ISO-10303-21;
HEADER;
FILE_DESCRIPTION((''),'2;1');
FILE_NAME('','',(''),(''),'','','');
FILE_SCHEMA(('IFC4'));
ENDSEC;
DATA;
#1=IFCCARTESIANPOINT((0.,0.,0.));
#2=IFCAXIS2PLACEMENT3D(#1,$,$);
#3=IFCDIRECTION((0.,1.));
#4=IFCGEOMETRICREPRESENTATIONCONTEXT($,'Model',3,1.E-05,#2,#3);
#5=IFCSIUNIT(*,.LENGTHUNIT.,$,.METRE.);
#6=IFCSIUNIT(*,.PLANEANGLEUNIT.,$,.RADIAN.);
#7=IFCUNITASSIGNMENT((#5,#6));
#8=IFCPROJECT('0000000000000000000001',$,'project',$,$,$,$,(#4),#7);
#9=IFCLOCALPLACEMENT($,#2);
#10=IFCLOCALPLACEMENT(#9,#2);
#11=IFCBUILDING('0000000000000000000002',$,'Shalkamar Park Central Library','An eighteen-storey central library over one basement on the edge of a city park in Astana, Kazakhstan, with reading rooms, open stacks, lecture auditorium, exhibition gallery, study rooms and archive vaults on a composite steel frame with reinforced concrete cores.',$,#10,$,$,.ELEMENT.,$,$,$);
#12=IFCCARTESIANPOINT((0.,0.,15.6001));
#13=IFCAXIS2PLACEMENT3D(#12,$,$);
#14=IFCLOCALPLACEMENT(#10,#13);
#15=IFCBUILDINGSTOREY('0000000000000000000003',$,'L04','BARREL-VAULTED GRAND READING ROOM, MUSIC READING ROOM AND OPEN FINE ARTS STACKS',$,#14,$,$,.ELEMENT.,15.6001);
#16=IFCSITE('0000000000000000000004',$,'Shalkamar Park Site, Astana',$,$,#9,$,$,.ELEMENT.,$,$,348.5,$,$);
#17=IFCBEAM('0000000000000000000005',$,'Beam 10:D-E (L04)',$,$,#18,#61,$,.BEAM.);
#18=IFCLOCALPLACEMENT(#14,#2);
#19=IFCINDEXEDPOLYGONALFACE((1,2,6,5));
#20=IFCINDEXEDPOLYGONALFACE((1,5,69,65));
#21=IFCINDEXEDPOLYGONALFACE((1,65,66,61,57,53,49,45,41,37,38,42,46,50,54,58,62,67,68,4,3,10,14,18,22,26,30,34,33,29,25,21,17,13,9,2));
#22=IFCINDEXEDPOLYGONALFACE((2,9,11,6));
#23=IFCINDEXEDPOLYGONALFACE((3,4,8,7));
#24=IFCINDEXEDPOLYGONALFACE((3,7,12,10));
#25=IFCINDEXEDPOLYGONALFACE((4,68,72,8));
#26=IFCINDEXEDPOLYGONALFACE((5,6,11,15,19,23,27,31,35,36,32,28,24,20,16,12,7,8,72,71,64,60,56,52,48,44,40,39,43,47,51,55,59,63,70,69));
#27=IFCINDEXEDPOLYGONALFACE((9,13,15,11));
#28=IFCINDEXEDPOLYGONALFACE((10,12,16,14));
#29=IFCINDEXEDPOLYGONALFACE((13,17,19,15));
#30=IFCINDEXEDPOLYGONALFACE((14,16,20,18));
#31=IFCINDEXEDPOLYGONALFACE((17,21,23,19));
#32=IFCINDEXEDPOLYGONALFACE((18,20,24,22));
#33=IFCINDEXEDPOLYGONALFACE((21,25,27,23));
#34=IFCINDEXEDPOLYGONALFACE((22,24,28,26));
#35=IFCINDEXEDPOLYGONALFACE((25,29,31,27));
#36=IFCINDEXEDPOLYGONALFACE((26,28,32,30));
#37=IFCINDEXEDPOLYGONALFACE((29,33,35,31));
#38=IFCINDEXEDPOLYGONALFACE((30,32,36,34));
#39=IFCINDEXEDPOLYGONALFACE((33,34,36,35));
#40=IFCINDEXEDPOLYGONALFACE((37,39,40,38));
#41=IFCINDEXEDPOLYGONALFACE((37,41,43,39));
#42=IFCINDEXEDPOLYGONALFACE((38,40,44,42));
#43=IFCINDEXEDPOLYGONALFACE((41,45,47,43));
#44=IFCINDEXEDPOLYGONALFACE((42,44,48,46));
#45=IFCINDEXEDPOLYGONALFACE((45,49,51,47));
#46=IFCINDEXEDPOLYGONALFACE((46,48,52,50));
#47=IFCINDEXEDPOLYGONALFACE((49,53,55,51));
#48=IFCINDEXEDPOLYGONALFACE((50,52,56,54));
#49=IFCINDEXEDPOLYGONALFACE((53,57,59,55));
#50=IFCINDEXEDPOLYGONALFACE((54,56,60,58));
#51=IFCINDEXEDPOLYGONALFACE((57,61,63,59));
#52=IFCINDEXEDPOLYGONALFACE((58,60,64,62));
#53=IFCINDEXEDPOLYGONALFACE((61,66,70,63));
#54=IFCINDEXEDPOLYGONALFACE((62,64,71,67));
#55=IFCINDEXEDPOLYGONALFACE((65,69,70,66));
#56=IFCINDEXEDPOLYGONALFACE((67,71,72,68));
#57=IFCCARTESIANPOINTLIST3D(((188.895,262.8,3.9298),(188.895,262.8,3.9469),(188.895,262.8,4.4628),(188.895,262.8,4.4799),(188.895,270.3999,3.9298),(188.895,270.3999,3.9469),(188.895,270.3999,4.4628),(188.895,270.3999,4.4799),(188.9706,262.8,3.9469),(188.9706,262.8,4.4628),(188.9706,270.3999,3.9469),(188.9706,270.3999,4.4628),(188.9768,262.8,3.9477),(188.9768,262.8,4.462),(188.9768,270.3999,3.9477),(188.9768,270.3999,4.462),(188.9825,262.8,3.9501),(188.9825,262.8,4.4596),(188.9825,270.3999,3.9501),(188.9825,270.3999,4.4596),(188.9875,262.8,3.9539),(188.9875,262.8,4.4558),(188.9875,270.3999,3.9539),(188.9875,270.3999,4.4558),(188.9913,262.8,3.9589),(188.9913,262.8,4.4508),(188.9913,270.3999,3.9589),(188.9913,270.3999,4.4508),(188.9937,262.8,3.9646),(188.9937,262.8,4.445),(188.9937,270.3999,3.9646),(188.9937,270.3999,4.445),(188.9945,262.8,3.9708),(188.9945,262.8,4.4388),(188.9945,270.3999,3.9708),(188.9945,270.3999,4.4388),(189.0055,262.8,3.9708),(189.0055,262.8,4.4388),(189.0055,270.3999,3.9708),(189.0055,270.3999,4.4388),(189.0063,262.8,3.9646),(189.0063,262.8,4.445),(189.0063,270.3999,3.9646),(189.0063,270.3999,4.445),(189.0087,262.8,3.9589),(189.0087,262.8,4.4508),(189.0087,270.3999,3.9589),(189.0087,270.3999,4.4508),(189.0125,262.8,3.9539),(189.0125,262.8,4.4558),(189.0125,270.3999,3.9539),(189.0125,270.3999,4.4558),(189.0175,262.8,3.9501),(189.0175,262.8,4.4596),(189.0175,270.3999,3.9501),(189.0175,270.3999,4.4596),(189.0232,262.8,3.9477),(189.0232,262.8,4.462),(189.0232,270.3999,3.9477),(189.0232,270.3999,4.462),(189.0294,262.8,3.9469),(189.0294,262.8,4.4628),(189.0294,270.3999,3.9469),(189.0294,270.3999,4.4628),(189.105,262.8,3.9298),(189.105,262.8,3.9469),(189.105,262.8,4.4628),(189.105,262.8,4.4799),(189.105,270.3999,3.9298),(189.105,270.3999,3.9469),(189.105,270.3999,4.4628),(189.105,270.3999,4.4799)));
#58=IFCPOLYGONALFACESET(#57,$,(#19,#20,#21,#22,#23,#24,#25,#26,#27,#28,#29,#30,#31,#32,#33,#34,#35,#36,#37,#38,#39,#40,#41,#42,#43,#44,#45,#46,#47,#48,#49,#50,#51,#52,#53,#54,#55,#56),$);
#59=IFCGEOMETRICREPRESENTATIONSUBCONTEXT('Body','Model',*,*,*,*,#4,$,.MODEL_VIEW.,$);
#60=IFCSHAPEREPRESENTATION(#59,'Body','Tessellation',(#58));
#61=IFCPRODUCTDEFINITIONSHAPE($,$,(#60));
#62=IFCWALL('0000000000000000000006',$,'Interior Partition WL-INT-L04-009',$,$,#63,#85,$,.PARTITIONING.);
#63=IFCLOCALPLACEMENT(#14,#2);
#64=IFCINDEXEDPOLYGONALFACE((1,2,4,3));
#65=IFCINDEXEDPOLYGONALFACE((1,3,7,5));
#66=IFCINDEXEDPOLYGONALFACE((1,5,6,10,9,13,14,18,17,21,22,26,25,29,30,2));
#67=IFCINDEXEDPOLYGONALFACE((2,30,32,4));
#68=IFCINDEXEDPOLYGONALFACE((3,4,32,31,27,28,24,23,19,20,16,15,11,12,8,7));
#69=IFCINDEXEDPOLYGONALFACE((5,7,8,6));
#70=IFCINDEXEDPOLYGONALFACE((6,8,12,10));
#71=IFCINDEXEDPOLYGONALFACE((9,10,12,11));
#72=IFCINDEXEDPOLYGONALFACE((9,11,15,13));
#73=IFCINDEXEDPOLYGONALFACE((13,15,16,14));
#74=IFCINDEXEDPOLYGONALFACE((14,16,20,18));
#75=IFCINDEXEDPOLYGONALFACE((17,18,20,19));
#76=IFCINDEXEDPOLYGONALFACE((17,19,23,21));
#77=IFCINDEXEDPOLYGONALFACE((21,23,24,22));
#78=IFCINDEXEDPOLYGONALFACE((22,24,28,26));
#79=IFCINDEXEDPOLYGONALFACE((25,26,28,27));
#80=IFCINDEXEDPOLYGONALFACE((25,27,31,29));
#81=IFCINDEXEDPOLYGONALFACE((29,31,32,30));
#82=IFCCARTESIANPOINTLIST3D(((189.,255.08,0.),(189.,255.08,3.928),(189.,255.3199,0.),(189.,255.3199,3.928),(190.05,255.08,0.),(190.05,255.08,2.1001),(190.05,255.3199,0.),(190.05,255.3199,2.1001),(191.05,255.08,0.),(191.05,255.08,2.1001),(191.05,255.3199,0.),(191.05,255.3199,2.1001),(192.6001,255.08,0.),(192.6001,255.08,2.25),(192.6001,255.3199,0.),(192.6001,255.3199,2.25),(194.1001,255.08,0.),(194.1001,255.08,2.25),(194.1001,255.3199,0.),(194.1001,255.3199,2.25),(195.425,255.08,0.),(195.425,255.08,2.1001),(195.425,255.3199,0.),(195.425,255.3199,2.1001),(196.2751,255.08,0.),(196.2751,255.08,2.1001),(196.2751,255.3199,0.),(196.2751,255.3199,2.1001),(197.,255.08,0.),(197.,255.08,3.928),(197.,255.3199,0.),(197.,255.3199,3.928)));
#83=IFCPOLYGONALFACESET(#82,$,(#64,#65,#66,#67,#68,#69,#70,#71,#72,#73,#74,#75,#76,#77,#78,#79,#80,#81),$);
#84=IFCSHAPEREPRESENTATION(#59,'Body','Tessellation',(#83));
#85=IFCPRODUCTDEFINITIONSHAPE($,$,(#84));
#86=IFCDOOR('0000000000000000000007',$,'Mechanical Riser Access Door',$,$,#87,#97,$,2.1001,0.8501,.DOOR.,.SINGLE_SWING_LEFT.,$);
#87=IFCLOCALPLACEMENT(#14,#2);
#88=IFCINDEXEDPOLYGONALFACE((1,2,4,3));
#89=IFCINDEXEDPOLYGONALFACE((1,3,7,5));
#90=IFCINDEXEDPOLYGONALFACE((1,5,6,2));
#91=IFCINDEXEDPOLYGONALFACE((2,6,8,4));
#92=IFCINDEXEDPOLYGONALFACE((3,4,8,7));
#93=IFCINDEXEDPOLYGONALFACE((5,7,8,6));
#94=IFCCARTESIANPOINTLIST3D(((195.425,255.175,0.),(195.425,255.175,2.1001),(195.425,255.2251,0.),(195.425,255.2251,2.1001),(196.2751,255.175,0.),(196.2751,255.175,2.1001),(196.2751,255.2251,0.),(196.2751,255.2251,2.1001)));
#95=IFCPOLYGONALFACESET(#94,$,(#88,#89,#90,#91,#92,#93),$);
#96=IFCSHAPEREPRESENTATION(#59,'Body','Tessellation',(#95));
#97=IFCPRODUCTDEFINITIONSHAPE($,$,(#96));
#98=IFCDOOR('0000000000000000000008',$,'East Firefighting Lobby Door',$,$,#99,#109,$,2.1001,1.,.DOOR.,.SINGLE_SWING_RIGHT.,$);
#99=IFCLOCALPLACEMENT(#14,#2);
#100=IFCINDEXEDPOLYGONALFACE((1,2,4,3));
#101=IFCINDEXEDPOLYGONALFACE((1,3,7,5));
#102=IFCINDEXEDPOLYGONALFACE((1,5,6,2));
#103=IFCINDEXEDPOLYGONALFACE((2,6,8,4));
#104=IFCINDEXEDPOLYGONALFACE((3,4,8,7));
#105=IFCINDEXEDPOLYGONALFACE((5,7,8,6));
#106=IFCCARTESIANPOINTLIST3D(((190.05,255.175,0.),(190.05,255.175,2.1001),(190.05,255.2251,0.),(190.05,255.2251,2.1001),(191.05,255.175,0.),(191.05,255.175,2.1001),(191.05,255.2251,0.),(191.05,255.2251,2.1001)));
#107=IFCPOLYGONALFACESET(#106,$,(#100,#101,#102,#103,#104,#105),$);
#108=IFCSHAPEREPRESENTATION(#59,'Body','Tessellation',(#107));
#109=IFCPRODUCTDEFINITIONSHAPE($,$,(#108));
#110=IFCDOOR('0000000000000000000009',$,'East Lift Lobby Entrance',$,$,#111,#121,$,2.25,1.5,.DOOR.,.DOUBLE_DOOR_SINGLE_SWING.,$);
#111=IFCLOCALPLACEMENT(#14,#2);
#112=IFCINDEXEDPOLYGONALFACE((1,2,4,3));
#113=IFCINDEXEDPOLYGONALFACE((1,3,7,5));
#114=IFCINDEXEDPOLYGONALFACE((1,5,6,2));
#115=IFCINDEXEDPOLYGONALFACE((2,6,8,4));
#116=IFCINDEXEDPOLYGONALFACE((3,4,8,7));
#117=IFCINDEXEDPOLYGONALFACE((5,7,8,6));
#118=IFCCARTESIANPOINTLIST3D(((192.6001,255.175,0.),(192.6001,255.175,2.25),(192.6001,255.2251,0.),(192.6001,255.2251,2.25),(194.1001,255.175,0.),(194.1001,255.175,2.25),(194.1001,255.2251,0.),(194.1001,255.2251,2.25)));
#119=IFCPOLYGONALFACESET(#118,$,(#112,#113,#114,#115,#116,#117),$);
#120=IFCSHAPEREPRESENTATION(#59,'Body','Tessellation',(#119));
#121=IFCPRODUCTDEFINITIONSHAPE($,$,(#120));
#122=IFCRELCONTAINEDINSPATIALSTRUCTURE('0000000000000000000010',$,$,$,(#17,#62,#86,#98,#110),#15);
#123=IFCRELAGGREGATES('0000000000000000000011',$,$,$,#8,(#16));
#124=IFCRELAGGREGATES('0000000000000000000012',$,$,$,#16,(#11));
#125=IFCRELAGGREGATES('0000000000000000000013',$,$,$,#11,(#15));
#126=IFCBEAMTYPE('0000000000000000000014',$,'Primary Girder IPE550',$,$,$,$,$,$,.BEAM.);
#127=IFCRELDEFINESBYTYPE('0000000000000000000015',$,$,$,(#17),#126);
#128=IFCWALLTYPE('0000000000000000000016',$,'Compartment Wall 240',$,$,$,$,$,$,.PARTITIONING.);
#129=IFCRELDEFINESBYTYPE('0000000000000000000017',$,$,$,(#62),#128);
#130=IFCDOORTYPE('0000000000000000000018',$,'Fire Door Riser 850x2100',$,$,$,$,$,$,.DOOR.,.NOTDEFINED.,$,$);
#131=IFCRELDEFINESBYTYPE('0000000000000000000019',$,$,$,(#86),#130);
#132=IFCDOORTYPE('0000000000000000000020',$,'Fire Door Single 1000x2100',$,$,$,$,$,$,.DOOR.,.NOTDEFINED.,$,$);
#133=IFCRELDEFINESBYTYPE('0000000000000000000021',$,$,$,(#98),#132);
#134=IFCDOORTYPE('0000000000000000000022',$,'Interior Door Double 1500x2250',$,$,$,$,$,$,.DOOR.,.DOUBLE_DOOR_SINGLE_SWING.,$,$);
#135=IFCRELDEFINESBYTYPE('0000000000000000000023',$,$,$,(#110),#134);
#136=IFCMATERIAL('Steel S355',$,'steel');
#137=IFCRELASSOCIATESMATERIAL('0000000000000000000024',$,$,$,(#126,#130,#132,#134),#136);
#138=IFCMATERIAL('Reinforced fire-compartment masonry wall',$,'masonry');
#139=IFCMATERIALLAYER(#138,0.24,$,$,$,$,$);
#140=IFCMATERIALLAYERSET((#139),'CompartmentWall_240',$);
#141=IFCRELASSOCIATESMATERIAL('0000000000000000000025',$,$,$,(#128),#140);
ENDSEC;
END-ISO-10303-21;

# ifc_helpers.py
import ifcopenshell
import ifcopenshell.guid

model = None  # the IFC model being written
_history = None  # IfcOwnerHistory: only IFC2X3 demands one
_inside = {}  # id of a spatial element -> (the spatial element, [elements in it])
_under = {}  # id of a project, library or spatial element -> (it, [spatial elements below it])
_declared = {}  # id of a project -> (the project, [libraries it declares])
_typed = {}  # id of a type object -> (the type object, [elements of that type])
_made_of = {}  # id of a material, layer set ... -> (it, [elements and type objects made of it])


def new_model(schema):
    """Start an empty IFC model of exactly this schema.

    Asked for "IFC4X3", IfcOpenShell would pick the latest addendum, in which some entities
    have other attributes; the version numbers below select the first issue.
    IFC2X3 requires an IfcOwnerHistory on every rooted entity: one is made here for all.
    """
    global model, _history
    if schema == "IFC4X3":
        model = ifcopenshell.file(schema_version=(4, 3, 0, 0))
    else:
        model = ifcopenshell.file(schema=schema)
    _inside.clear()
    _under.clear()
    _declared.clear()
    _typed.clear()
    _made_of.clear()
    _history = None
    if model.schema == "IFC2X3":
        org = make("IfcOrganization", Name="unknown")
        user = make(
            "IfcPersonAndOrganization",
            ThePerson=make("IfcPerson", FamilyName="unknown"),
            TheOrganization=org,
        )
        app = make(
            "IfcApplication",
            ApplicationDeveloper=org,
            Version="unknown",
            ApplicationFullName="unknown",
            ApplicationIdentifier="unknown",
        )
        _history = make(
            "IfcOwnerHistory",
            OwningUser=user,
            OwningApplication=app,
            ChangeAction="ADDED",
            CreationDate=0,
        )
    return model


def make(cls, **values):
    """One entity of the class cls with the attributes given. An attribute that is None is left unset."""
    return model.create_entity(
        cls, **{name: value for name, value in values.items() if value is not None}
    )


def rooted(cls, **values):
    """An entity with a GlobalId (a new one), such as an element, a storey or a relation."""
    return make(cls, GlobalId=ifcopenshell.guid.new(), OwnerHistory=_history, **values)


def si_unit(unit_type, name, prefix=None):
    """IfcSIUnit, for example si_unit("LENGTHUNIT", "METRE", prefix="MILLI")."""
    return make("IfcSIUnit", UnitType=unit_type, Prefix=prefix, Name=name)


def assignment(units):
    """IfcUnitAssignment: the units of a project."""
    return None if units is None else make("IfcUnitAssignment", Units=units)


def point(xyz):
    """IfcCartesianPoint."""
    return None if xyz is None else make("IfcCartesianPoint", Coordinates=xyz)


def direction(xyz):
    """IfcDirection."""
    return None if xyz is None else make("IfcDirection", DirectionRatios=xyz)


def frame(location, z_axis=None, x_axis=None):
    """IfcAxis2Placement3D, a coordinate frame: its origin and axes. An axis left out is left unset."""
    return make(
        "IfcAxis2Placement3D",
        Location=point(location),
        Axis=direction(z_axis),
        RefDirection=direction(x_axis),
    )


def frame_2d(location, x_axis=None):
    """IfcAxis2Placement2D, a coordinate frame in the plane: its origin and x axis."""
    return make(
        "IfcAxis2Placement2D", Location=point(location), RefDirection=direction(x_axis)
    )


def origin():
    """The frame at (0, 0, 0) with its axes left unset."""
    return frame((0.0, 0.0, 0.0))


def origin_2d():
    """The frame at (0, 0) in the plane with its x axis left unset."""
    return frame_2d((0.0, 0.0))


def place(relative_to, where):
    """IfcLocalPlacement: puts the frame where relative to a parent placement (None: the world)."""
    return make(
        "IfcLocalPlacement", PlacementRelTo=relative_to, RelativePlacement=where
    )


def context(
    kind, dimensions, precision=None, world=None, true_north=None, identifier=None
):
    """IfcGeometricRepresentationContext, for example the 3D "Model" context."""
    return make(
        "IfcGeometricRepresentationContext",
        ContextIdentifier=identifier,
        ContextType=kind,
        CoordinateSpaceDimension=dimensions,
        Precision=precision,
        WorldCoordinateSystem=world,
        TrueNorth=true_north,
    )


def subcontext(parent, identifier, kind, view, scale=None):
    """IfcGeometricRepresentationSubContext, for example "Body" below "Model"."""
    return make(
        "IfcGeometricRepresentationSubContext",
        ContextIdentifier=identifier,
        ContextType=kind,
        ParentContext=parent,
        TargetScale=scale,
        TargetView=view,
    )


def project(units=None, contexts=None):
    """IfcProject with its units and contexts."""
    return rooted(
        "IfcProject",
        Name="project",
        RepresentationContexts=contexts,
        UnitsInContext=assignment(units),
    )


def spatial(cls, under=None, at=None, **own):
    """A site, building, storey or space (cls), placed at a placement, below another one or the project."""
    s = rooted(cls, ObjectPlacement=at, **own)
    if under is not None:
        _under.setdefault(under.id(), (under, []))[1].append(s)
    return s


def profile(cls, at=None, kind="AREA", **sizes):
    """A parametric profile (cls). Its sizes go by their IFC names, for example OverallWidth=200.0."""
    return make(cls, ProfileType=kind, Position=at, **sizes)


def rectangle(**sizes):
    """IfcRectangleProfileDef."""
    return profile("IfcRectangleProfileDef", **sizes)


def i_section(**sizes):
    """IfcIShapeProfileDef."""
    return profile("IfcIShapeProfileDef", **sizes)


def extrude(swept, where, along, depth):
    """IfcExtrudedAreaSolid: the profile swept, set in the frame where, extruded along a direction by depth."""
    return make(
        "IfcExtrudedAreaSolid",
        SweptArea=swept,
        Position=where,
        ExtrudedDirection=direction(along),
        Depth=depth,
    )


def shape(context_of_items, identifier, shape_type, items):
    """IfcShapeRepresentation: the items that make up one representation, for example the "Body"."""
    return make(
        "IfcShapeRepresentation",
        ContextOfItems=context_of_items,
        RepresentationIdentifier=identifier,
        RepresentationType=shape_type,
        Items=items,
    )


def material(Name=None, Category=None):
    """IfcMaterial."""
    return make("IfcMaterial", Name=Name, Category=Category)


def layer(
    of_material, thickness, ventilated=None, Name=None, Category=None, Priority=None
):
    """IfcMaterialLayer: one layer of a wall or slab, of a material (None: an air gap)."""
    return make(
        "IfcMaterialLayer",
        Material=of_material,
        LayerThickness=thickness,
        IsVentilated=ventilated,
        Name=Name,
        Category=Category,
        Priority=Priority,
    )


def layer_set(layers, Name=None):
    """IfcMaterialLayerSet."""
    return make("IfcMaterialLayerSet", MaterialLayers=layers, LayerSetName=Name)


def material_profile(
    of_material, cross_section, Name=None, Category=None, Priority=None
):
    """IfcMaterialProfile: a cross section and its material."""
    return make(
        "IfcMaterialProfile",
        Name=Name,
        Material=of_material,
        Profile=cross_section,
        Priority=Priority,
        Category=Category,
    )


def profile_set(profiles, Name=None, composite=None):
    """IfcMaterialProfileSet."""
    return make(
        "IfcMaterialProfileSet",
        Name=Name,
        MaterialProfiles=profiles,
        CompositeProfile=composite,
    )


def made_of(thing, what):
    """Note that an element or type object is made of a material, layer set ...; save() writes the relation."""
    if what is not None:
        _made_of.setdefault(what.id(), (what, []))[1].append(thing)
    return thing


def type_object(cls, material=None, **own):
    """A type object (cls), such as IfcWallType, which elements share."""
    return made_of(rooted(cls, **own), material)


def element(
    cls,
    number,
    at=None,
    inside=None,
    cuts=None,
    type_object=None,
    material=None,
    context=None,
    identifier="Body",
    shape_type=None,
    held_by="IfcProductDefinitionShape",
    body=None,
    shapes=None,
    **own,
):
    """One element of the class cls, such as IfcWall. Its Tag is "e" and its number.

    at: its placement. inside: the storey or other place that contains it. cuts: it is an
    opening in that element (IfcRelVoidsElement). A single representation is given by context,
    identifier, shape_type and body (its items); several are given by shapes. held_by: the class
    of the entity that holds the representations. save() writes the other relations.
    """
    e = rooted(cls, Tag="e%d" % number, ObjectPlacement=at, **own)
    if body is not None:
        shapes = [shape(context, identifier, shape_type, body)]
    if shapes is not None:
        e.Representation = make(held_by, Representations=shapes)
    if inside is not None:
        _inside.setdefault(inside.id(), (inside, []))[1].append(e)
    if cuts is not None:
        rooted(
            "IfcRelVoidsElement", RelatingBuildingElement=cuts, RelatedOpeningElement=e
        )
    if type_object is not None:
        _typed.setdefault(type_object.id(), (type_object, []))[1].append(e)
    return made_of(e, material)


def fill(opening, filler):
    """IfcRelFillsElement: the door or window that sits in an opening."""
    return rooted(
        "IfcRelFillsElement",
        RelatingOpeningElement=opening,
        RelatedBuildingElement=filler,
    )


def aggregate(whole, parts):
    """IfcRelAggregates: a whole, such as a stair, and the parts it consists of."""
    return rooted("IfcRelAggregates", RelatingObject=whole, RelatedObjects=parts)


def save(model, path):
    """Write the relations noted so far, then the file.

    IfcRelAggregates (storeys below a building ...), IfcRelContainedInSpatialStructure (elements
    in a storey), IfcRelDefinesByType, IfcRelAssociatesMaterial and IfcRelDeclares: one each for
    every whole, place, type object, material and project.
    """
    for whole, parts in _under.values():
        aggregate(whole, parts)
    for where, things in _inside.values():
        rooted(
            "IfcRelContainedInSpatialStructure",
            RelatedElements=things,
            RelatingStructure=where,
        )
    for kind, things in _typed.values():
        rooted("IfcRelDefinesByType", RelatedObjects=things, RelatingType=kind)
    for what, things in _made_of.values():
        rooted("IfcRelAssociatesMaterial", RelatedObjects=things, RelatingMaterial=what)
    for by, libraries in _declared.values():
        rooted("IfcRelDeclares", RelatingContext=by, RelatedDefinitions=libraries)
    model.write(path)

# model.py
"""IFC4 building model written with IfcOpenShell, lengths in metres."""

from ifc_helpers import new_model, si_unit, direction, frame, frame_2d, origin, origin_2d, place, context, subcontext, project, spatial, rectangle, i_section, extrude, material, layer, layer_set, material_profile, profile_set, type_object, element, fill, save


model = new_model("IFC4")

# Units and contexts
model_context = context("Model", 3, precision=1e-05, world=origin(), true_north=direction((0.0, 1.0)))
body_context = subcontext(model_context, "Body", "Model", "MODEL_VIEW")
ifc_project = project(units=[si_unit("LENGTHUNIT", "METRE"), si_unit("PLANEANGLEUNIT", "RADIAN")], contexts=[model_context])

# Site, building, storey
site_placement = place(None, origin())
site = spatial("IfcSite", under=ifc_project, at=site_placement, Name="Shalkamar Park Site, Astana", CompositionType="ELEMENT", RefElevation=348.5)
building_placement = place(site_placement, origin())
building = spatial("IfcBuilding", under=site, at=building_placement, Name="Shalkamar Park Central Library", Description="An eighteen-storey central library over one basement on the edge of a city park in Astana, Kazakhstan, with reading rooms, open stacks, lecture auditorium, exhibition gallery, study rooms and archive vaults on a composite steel frame with reinforced concrete cores.", CompositionType="ELEMENT")
storey_placement = place(building_placement, frame((0.0, 0.0, 15.6001)))
storey = spatial("IfcBuildingStorey", under=building, at=storey_placement, Name="L04", Description="BARREL-VAULTED GRAND READING ROOM, MUSIC READING ROOM AND OPEN FINE ARTS STACKS", CompositionType="ELEMENT", Elevation=15.6001)

# Shared definitions
ifc_material_1 = material(Name="Steel S355", Category="steel")

# Beam
ifc_material_profile_1 = material_profile(ifc_material_1, i_section(OverallWidth=0.21, OverallDepth=0.55, WebThickness=0.011, FlangeThickness=0.0171, FilletRadius=0.0239, at=origin_2d()), Name="IPE 550")
ifc_profile_set_1 = profile_set([ifc_material_profile_1], Name="Steel S355")
beam_type_1 = type_object("IfcBeamType", Name="Primary Girder IPE550", PredefinedType="BEAM", material=ifc_profile_set_1)
beam_1_placement = place(storey_placement, frame((189.0, 262.8, 4.2048), z_axis=(0.0, 1.0, 0.0), x_axis=(-1.0, 0.0, 0.0)))
element("IfcBeam", 1, at=beam_1_placement, inside=storey, type_object=beam_type_1, Name="Beam 10:D-E (L04)", PredefinedType="BEAM", context=body_context, shape_type="SweptSolid", body=[
    extrude(i_section(OverallWidth=0.21, OverallDepth=0.55, WebThickness=0.011, FlangeThickness=0.0171, FilletRadius=0.0239, at=origin_2d()), origin(), (0.0, 0.0, 1.0), 7.5999),
])

# Wall, openings, doors
ifc_material_2 = material(Name="Reinforced fire-compartment masonry wall", Category="masonry")
ifc_layer_1 = layer(ifc_material_2, 0.24)
ifc_layer_set_1 = layer_set([ifc_layer_1], Name="CompartmentWall_240")
wall_type_1 = type_object("IfcWallType", Name="Compartment Wall 240", PredefinedType="PARTITIONING", material=ifc_layer_set_1)
wall_1_placement = place(storey_placement, frame((189.0, 255.2, 0.0), z_axis=(0.0, 0.0, 1.0), x_axis=(1.0, 0.0, 0.0)))
wall_1 = element("IfcWall", 2, at=wall_1_placement, inside=storey, type_object=wall_type_1, Name="Interior Partition WL-INT-L04-009", PredefinedType="PARTITIONING", context=body_context, shape_type="SweptSolid", body=[
    extrude(rectangle(XDim=8.0, YDim=0.24, at=frame_2d((4.0, 0.0))), origin(), (0.0, 0.0, 1.0), 3.928),
])
opening_1_placement = place(wall_1_placement, frame((1.05, 0.0, 0.0)))
opening_1 = element("IfcOpeningElement", 3, at=opening_1_placement, cuts=wall_1, PredefinedType="OPENING", context=body_context, shape_type="SweptSolid", body=[
    extrude(rectangle(XDim=1.0, YDim=2.1001, at=frame_2d((0.5, 1.05))), frame((0.0, 0.1348, 0.0), z_axis=(0.0, -1.0, 0.0), x_axis=(1.0, 0.0, 0.0)), (0.0, 0.0, 1.0), 0.2698),
])
opening_2_placement = place(wall_1_placement, frame((3.6001, 0.0, 0.0)))
opening_2 = element("IfcOpeningElement", 4, at=opening_2_placement, cuts=wall_1, PredefinedType="OPENING", context=body_context, shape_type="SweptSolid", body=[
    extrude(rectangle(XDim=1.5, YDim=2.25, at=frame_2d((0.75, 1.125))), frame((0.0, 0.1348, 0.0), z_axis=(0.0, -1.0, 0.0), x_axis=(1.0, 0.0, 0.0)), (0.0, 0.0, 1.0), 0.2698),
])
opening_3_placement = place(wall_1_placement, frame((6.425, 0.0, 0.0)))
opening_3 = element("IfcOpeningElement", 5, at=opening_3_placement, cuts=wall_1, PredefinedType="OPENING", context=body_context, shape_type="SweptSolid", body=[
    extrude(rectangle(XDim=0.8501, YDim=2.1001, at=frame_2d((0.425, 1.05))), frame((0.0, 0.1348, 0.0), z_axis=(0.0, -1.0, 0.0), x_axis=(1.0, 0.0, 0.0)), (0.0, 0.0, 1.0), 0.2698),
])
door_type_1 = type_object("IfcDoorType", Name="Fire Door Riser 850x2100", OperationType="NOTDEFINED", PredefinedType="DOOR", material=ifc_material_1)
door_1_placement = place(opening_3_placement, frame((0.8501, 0.0, 0.0), z_axis=(0.0, 0.0, 1.0), x_axis=(-1.0, 0.0, 0.0)))
door_1 = element("IfcDoor", 6, at=door_1_placement, inside=storey, type_object=door_type_1, Name="Mechanical Riser Access Door", OperationType="SINGLE_SWING_LEFT", OverallHeight=2.1001, OverallWidth=0.8501, PredefinedType="DOOR", context=body_context, shape_type="SweptSolid", body=[
    extrude(rectangle(XDim=0.8501, YDim=2.1001, at=frame_2d((0.425, 1.05))), frame((0.0, 0.0249, 0.0), z_axis=(0.0, -1.0, 0.0), x_axis=(1.0, 0.0, 0.0)), (0.0, 0.0, 1.0), 0.05),
])
fill(opening_3, door_1)
door_type_2 = type_object("IfcDoorType", Name="Fire Door Single 1000x2100", OperationType="NOTDEFINED", PredefinedType="DOOR", material=ifc_material_1)
door_2_placement = place(opening_1_placement, frame((1.0, 0.0, 0.0), z_axis=(0.0, 0.0, 1.0), x_axis=(-1.0, 0.0, 0.0)))
door_2 = element("IfcDoor", 7, at=door_2_placement, inside=storey, type_object=door_type_2, Name="East Firefighting Lobby Door", OperationType="SINGLE_SWING_RIGHT", OverallHeight=2.1001, OverallWidth=1.0, PredefinedType="DOOR", context=body_context, shape_type="SweptSolid", body=[
    extrude(rectangle(XDim=1.0, YDim=2.1001, at=frame_2d((0.5, 1.05))), frame((0.0, 0.0249, 0.0), z_axis=(0.0, -1.0, 0.0), x_axis=(1.0, 0.0, 0.0)), (0.0, 0.0, 1.0), 0.05),
])
fill(opening_1, door_2)
door_type_3 = type_object("IfcDoorType", Name="Interior Door Double 1500x2250", OperationType="DOUBLE_DOOR_SINGLE_SWING", PredefinedType="DOOR", material=ifc_material_1)
door_3_placement = place(opening_2_placement, frame((1.5, 0.0, 0.0), z_axis=(0.0, 0.0, 1.0), x_axis=(-1.0, 0.0, 0.0)))
door_3 = element("IfcDoor", 8, at=door_3_placement, inside=storey, type_object=door_type_3, Name="East Lift Lobby Entrance", OperationType="DOUBLE_DOOR_SINGLE_SWING", OverallHeight=2.25, OverallWidth=1.5, PredefinedType="DOOR", context=body_context, shape_type="SweptSolid", body=[
    extrude(rectangle(XDim=1.5, YDim=2.25, at=frame_2d((0.75, 1.125))), frame((0.0, 0.0249, 0.0), z_axis=(0.0, -1.0, 0.0), x_axis=(1.0, 0.0, 0.0)), (0.0, 0.0, 1.0), 0.05),
])
fill(opening_2, door_3)

save(model, "model.ifc")
